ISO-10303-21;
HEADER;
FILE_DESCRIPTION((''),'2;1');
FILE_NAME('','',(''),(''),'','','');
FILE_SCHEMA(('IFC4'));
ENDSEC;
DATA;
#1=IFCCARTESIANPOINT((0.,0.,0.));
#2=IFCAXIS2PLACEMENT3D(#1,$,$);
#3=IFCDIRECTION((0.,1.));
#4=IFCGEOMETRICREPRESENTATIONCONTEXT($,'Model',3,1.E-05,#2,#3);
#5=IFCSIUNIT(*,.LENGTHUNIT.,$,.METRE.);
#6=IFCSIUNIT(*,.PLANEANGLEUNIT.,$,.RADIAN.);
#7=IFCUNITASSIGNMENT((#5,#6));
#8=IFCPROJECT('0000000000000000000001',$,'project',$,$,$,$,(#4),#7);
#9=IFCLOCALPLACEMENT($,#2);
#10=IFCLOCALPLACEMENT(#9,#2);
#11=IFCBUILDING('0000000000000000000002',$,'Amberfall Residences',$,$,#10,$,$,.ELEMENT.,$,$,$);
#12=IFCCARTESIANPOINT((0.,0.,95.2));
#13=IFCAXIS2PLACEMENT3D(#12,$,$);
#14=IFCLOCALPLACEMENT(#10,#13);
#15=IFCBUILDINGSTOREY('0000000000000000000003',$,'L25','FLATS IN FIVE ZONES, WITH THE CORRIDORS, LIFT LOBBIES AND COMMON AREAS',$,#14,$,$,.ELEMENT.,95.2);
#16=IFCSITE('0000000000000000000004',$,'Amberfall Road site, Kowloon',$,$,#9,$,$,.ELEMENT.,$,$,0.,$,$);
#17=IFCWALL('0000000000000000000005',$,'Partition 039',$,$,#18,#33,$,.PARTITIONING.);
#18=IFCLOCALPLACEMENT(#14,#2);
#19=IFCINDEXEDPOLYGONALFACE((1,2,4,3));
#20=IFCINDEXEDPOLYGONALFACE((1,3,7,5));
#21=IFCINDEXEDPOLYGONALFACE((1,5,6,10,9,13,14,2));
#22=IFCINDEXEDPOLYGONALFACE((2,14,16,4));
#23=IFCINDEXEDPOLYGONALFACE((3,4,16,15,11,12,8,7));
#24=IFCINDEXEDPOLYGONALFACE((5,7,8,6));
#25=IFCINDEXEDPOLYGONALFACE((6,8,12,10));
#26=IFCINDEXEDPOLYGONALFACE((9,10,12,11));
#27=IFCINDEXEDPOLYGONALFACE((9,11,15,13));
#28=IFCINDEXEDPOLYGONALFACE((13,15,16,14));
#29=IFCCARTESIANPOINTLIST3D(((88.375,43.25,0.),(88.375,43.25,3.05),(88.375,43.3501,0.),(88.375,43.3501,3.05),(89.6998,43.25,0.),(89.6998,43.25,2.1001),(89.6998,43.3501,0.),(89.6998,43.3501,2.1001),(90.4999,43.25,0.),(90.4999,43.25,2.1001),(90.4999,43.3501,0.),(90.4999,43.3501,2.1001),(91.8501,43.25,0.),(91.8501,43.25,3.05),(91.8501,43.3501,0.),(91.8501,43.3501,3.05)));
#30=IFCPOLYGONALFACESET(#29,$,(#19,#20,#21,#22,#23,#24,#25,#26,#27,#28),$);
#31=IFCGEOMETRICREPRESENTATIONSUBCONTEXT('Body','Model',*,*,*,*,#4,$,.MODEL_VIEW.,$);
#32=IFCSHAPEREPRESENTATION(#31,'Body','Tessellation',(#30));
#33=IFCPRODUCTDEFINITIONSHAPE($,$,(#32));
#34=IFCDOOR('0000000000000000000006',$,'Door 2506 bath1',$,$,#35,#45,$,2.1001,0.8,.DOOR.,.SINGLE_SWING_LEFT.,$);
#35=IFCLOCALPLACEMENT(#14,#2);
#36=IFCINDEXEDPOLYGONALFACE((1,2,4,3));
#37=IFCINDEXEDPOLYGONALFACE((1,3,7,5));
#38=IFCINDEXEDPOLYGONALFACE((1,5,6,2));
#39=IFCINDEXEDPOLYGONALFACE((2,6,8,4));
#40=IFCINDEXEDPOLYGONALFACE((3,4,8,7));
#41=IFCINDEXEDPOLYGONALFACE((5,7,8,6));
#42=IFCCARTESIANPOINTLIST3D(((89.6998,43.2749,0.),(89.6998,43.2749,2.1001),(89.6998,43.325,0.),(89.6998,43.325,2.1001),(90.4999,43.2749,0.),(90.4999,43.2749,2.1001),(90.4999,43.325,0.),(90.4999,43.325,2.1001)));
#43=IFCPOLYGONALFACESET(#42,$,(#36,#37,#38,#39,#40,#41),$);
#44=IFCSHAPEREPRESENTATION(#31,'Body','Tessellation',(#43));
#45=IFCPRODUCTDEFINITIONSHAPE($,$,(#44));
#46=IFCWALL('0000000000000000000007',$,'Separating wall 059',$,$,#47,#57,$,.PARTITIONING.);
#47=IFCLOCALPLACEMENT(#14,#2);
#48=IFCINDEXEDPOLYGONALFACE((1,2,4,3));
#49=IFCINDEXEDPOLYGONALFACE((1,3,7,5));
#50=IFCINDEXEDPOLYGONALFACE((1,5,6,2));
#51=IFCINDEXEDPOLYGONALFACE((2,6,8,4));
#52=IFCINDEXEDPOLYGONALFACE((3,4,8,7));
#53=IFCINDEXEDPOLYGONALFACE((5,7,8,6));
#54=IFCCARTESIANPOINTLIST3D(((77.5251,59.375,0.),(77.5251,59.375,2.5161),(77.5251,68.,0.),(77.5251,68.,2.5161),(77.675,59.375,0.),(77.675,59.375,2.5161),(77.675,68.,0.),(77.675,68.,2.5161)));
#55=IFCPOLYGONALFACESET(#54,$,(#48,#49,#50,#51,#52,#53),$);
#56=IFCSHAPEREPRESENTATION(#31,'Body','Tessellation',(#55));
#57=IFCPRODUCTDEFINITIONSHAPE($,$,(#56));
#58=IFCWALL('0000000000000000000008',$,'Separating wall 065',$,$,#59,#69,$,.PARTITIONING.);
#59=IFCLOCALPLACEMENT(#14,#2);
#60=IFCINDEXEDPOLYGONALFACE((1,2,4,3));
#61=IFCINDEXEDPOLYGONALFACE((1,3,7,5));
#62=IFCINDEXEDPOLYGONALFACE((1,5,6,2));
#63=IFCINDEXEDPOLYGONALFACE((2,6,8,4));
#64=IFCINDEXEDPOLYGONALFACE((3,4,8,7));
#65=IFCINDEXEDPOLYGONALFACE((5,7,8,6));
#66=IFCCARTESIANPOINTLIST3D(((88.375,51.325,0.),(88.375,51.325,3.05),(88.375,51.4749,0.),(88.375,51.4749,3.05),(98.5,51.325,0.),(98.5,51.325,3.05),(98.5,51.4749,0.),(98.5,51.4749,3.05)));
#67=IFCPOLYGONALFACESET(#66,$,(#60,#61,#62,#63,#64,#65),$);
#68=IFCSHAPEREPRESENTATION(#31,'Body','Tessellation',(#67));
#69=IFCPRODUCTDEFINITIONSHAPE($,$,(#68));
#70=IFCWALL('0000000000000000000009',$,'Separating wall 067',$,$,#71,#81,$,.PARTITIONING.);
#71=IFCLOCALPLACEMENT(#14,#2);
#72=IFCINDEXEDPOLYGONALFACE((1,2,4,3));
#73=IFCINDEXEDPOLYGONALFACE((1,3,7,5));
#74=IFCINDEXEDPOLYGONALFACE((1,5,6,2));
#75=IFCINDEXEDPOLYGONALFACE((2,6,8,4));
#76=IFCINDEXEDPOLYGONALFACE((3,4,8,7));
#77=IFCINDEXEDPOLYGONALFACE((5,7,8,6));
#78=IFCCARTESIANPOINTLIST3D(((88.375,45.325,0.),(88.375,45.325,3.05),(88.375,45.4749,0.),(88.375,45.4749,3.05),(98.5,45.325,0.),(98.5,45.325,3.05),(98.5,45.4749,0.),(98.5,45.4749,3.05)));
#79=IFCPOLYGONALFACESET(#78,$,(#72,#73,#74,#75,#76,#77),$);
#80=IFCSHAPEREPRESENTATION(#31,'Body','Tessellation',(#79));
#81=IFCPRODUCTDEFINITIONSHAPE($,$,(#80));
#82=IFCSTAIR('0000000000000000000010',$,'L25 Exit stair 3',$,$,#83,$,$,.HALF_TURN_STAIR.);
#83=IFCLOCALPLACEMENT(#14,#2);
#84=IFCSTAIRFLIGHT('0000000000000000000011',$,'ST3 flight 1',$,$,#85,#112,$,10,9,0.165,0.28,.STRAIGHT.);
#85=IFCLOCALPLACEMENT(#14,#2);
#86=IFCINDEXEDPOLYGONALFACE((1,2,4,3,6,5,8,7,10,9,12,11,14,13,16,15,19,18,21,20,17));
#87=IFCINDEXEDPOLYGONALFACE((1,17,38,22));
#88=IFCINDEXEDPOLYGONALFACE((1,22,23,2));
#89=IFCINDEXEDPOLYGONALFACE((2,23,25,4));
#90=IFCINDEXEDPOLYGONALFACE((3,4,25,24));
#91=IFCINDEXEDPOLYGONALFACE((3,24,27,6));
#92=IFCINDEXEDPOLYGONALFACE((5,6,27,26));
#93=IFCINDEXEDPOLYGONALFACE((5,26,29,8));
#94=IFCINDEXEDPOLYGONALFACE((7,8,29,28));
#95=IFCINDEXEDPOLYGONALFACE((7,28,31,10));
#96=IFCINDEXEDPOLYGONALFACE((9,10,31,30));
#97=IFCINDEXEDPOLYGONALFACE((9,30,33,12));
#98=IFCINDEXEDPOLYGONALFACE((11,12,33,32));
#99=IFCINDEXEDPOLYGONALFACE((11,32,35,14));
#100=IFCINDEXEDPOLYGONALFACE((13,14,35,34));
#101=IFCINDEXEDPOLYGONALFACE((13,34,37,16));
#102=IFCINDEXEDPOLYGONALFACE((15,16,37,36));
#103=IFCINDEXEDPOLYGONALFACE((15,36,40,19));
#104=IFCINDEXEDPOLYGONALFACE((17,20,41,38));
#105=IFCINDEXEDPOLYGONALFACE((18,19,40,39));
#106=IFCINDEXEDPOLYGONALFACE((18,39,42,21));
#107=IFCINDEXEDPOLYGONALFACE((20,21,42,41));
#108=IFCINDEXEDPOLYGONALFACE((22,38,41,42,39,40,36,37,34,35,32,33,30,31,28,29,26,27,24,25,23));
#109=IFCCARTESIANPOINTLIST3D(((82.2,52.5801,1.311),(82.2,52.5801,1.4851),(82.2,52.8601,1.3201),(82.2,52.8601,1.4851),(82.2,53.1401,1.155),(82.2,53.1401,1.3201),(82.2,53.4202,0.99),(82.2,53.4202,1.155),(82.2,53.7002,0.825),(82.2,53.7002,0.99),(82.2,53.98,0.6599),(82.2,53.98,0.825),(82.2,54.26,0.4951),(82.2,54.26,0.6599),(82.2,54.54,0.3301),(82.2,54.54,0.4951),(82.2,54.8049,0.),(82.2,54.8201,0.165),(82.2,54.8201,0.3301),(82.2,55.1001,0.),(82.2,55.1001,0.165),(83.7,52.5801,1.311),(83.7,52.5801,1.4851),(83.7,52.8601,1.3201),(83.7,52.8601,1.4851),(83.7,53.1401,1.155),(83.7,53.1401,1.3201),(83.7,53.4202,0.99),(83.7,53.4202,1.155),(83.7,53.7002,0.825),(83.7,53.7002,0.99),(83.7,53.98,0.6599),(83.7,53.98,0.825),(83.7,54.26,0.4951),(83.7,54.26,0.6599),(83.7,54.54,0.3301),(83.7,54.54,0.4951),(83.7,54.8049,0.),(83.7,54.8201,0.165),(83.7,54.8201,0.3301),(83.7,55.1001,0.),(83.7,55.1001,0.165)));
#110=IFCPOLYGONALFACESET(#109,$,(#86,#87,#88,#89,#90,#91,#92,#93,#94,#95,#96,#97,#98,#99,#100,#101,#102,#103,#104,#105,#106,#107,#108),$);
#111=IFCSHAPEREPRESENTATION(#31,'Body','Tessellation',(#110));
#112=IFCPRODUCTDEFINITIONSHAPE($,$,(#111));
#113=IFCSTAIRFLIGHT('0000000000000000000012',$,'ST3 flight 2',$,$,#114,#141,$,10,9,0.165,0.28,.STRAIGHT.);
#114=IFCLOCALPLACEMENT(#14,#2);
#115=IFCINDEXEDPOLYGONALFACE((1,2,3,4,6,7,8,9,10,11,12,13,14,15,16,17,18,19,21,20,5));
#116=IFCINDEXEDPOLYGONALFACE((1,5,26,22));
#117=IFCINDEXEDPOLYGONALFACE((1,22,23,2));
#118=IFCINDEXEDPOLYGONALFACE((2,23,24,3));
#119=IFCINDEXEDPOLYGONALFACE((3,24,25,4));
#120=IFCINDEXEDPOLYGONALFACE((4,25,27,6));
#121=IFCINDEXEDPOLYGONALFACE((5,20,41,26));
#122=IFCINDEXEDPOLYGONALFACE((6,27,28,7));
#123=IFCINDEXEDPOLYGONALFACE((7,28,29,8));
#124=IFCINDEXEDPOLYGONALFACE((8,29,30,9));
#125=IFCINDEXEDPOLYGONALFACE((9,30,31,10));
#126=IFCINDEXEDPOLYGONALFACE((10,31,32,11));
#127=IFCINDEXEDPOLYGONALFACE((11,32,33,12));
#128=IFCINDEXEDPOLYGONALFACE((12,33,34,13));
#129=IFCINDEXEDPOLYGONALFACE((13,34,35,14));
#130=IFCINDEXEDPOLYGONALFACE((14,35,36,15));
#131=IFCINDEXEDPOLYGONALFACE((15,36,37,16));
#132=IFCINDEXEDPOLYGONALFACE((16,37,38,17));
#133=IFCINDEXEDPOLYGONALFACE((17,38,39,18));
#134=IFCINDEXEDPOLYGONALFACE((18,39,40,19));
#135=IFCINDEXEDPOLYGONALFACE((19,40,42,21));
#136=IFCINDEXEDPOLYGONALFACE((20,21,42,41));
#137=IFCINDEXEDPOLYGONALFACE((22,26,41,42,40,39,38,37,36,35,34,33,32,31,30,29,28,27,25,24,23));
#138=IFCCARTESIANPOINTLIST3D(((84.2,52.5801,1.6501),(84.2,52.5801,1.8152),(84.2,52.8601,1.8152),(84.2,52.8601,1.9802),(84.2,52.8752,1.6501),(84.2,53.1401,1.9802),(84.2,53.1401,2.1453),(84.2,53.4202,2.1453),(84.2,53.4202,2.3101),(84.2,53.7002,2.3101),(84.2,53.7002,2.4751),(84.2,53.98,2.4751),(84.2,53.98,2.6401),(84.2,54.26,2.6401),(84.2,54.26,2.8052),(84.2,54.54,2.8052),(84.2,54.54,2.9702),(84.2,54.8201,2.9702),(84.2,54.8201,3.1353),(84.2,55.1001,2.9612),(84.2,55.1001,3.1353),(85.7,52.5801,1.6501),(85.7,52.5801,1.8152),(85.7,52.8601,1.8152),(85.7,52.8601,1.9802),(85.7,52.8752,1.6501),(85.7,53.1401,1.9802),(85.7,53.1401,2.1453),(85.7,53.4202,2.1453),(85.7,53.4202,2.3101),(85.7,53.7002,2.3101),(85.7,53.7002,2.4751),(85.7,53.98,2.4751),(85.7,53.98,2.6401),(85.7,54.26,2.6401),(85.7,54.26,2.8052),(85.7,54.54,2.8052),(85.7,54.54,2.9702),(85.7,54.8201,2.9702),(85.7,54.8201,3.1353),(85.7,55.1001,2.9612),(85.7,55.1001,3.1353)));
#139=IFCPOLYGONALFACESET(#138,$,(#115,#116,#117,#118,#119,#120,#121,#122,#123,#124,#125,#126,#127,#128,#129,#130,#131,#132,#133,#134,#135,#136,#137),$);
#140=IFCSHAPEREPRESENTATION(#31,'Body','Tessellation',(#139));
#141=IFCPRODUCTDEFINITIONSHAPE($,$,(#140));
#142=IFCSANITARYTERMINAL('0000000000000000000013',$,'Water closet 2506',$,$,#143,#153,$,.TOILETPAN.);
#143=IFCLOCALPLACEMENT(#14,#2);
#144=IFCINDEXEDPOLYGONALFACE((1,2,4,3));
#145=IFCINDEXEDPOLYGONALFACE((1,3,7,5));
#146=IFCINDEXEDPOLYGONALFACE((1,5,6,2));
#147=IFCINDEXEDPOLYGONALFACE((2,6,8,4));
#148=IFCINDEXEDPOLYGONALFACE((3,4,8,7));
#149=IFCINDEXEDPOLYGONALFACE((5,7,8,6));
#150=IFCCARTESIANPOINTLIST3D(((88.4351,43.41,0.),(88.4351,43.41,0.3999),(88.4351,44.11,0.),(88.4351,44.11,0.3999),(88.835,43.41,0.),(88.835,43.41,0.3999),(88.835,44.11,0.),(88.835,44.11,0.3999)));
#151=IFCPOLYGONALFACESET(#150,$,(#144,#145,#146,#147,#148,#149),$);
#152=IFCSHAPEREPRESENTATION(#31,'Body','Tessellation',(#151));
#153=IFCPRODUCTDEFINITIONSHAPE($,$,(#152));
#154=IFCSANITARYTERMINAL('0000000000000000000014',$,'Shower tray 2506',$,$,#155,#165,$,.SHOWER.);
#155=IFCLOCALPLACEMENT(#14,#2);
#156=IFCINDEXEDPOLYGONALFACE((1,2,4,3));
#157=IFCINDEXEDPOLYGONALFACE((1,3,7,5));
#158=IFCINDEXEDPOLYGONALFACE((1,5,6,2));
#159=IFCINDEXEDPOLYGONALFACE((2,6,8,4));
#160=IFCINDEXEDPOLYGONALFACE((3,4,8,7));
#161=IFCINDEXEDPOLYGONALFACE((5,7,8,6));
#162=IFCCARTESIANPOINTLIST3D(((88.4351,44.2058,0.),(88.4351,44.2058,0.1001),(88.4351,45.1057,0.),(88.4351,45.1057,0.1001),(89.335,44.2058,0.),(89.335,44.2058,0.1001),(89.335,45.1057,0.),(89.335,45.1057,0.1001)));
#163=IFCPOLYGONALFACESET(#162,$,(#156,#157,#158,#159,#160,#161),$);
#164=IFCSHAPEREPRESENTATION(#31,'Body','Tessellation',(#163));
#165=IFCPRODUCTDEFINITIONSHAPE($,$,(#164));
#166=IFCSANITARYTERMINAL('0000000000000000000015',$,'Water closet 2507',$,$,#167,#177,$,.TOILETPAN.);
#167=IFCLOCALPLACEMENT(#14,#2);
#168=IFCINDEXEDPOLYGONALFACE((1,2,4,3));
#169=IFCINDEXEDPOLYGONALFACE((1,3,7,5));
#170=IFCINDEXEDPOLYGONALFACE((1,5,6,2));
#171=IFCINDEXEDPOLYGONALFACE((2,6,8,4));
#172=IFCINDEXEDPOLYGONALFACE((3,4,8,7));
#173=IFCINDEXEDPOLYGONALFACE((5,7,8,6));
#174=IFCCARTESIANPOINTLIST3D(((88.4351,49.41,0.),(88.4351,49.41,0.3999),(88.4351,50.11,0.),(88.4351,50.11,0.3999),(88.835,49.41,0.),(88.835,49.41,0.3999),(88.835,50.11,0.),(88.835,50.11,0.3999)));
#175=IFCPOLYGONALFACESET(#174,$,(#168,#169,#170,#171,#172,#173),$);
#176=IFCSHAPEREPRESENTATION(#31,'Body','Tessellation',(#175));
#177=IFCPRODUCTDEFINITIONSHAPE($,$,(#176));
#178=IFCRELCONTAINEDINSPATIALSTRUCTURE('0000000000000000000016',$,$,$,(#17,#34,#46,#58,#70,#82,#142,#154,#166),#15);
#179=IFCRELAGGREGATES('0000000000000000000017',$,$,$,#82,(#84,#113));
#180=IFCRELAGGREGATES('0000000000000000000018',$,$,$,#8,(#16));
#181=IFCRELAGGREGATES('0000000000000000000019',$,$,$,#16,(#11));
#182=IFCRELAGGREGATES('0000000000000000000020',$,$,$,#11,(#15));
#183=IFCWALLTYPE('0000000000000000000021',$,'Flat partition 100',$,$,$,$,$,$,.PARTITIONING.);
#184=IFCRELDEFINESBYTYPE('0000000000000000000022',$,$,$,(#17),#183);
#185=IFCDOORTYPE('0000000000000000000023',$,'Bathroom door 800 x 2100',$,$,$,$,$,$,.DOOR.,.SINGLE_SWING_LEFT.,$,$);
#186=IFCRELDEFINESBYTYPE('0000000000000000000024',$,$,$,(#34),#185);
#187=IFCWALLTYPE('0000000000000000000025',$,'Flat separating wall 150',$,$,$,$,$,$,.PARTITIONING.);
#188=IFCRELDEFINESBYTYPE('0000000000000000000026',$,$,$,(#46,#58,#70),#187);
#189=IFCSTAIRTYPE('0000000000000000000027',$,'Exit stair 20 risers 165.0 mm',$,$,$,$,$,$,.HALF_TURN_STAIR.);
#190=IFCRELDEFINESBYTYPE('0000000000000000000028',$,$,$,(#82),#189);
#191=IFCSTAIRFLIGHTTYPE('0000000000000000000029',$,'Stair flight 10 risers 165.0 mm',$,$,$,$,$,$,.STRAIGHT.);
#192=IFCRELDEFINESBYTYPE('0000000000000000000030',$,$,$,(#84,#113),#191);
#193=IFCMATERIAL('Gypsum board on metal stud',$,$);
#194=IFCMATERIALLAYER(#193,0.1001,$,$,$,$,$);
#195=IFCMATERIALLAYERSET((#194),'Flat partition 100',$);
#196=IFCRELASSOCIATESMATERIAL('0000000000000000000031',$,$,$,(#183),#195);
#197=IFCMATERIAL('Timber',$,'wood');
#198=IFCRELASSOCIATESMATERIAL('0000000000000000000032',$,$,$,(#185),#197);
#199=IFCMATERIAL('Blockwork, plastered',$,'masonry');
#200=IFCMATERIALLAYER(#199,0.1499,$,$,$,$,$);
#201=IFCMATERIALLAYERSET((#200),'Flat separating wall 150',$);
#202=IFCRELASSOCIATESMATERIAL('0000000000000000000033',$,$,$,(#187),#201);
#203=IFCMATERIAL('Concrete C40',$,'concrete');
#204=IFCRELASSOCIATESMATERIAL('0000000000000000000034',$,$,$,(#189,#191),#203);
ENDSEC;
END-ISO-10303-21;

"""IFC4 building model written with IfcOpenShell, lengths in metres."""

from ifc_helpers import new_model, si_unit, direction, frame, frame_2d, origin, origin_2d, place, context, subcontext, project, spatial, polyline, rectangle, outline, extrude, material, layer, layer_set, type_object, element, fill, aggregate, save


model = new_model("IFC4")

# Units and contexts
model_context = context("Model", 3, precision=1e-05, world=origin(), true_north=direction((0.0, 1.0)))
body_context = subcontext(model_context, "Body", "Model", "MODEL_VIEW")
ifc_project = project(units=[si_unit("LENGTHUNIT", "METRE"), si_unit("PLANEANGLEUNIT", "RADIAN")], contexts=[model_context])

# Site, building, storey
site_placement = place(None, origin())
site = spatial("IfcSite", under=ifc_project, at=site_placement, Name="Amberfall Road site, Kowloon", CompositionType="ELEMENT", RefElevation=0.0)
building_placement = place(site_placement, origin())
building = spatial("IfcBuilding", under=site, at=building_placement, Name="Amberfall Residences", CompositionType="ELEMENT")
storey_placement = place(building_placement, frame((0.0, 0.0, 95.2)))
storey = spatial("IfcBuildingStorey", under=building, at=storey_placement, Name="L25", Description="FLATS IN FIVE ZONES, WITH THE CORRIDORS, LIFT LOBBIES AND COMMON AREAS", CompositionType="ELEMENT", Elevation=95.2)

# Shared definitions
ifc_material_1 = material(Name="Gypsum board on metal stud")
ifc_layer_1 = layer(ifc_material_1, 0.1001)
ifc_layer_set_1 = layer_set([ifc_layer_1], Name="Flat partition 100")
wall_type_1 = type_object("IfcWallType", Name="Flat partition 100", PredefinedType="PARTITIONING", material=ifc_layer_set_1)
ifc_material_2 = material(Name="Timber", Category="wood")

# Wall, opening, door
door_type_1 = type_object("IfcDoorType", Name="Bathroom door 800 x 2100", OperationType="SINGLE_SWING_LEFT", PredefinedType="DOOR", material=ifc_material_2)
wall_1_placement = place(storey_placement, frame((88.375, 43.3, 0.0), z_axis=(0.0, 0.0, 1.0), x_axis=(1.0, 0.0, 0.0)))
wall_1 = element("IfcWall", 1, at=wall_1_placement, inside=storey, type_object=wall_type_1, Name="Partition 039", PredefinedType="PARTITIONING", context=body_context, shape_type="SweptSolid", body=[
    extrude(rectangle(XDim=3.4751, YDim=0.1001, at=frame_2d((1.7375, 0.0))), origin(), (0.0, 0.0, 1.0), 3.05),
])
opening_1_placement = place(wall_1_placement, frame((1.325, 0.0, 0.0)))
opening_1 = element("IfcOpeningElement", 2, at=opening_1_placement, cuts=wall_1, PredefinedType="OPENING", context=body_context, shape_type="SweptSolid", body=[
    extrude(rectangle(XDim=0.8, YDim=2.1001, at=frame_2d((0.3999, 1.05))), frame((0.0, 0.0601, 0.0), z_axis=(0.0, -1.0, 0.0), x_axis=(1.0, 0.0, 0.0)), (0.0, 0.0, 1.0), 0.1201),
])
door_1_placement = place(opening_1_placement, origin())
door_1 = element("IfcDoor", 3, at=door_1_placement, inside=storey, type_object=door_type_1, Name="Door 2506 bath1", OperationType="SINGLE_SWING_LEFT", OverallHeight=2.1001, OverallWidth=0.8, PredefinedType="DOOR", context=body_context, shape_type="SweptSolid", body=[
    extrude(rectangle(XDim=0.8, YDim=2.1001, at=frame_2d((0.3999, 1.05))), frame((0.0, 0.0249, 0.0), z_axis=(0.0, -1.0, 0.0), x_axis=(1.0, 0.0, 0.0)), (0.0, 0.0, 1.0), 0.05),
])
fill(opening_1, door_1)

# Walls
ifc_material_3 = material(Name="Blockwork, plastered", Category="masonry")
ifc_layer_2 = layer(ifc_material_3, 0.1499)
ifc_layer_set_2 = layer_set([ifc_layer_2], Name="Flat separating wall 150")
wall_type_2 = type_object("IfcWallType", Name="Flat separating wall 150", PredefinedType="PARTITIONING", material=ifc_layer_set_2)
wall_2_placement = place(storey_placement, frame((77.6001, 59.375, 0.0), z_axis=(0.0, 0.0, 1.0), x_axis=(0.0, 1.0, 0.0)))
element("IfcWall", 4, at=wall_2_placement, inside=storey, type_object=wall_type_2, Name="Separating wall 059", PredefinedType="PARTITIONING", context=body_context, shape_type="SweptSolid", body=[
    extrude(rectangle(XDim=8.625, YDim=0.1499, at=frame_2d((4.3125, 0.0))), origin(), (0.0, 0.0, 1.0), 2.5161),
])
for number, where, z_axis, x_axis, name in (
    (5, (88.375, 51.3999, 0.0), (0.0, 0.0, 1.0), (1.0, 0.0, 0.0), "Separating wall 065"),
    (6, (88.375, 45.3999, 0.0), (0.0, 0.0, 1.0), (1.0, 0.0, 0.0), "Separating wall 067"),
):
    element("IfcWall", number, at=place(storey_placement, frame(where, z_axis=z_axis, x_axis=x_axis)), inside=storey, type_object=wall_type_2, Name=name, PredefinedType="PARTITIONING", context=body_context, shape_type="SweptSolid", body=[
        extrude(rectangle(XDim=10.125, YDim=0.1499, at=frame_2d((5.0625, 0.0))), origin(), (0.0, 0.0, 1.0), 3.05),
    ])

# Stair, stair flights
ifc_material_4 = material(Name="Concrete C40", Category="concrete")
stair_type = type_object("IfcStairType", Name="Exit stair 20 risers 165.0 mm", PredefinedType="HALF_TURN_STAIR", material=ifc_material_4)
stair_placement = place(storey_placement, origin())
stair = element("IfcStair", 7, at=stair_placement, inside=storey, type_object=stair_type, Name="L25 Exit stair 3", PredefinedType="HALF_TURN_STAIR")
stair_flight_type = type_object("IfcStairFlightType", Name="Stair flight 10 risers 165.0 mm", PredefinedType="STRAIGHT", material=ifc_material_4)
stair_flight_1_placement = place(storey_placement, frame((82.95, 55.1001, 0.0), z_axis=(0.0, 0.0, 1.0), x_axis=(0.0, -1.0, 0.0)))
stair_flight_1 = element("IfcStairFlight", 8, at=stair_flight_1_placement, type_object=stair_flight_type, Name="ST3 flight 1", NumberOfRisers=10, NumberOfTreads=9, PredefinedType="STRAIGHT", RiserHeight=0.165, TreadLength=0.28, context=body_context, shape_type="SweptSolid", body=[
    extrude(outline(polyline([(0.0, 0.0), (0.0, 0.165), (0.28, 0.165), (0.28, 0.3301), (0.5601, 0.3301), (0.5601, 0.4951), (0.8401, 0.4951), (0.8401, 0.6599), (1.1201, 0.6599), (1.1201, 0.825), (1.3999, 0.825), (1.3999, 0.99), (1.6799, 0.99), (1.6799, 1.155), (1.96, 1.155), (1.96, 1.3201), (2.24, 1.3201), (2.24, 1.4851), (2.52, 1.4851), (2.52, 1.6499), (2.52, 1.311), (0.2952, 0.0), (0.0, 0.0)])), frame((0.0, 0.75, 0.0), z_axis=(0.0, -1.0, 0.0), x_axis=(1.0, 0.0, 0.0)), (0.0, 0.0, 1.0), 1.5),
])
stair_flight_2_placement = place(storey_placement, frame((84.95, 52.5801, 1.6501), z_axis=(0.0, 0.0, 1.0), x_axis=(0.0, 1.0, 0.0)))
stair_flight_2 = element("IfcStairFlight", 9, at=stair_flight_2_placement, type_object=stair_flight_type, Name="ST3 flight 2", NumberOfRisers=10, NumberOfTreads=9, PredefinedType="STRAIGHT", RiserHeight=0.165, TreadLength=0.28, context=body_context, shape_type="SweptSolid", body=[
    extrude(outline(polyline([(0.0, 0.0), (0.0, 0.165), (0.28, 0.165), (0.28, 0.3301), (0.5601, 0.3301), (0.5601, 0.4951), (0.8401, 0.4951), (0.8401, 0.6599), (1.1201, 0.6599), (1.1201, 0.825), (1.3999, 0.825), (1.3999, 0.99), (1.6799, 0.99), (1.6799, 1.155), (1.96, 1.155), (1.96, 1.3201), (2.24, 1.3201), (2.24, 1.4851), (2.52, 1.4851), (2.52, 1.6499), (2.52, 1.311), (0.2952, 0.0), (0.0, 0.0)])), frame((0.0, 0.75, 0.0), z_axis=(0.0, -1.0, 0.0), x_axis=(1.0, 0.0, 0.0)), (0.0, 0.0, 1.0), 1.5),
])
aggregate(stair, [stair_flight_1, stair_flight_2])

# Sanitary terminals
sanitary_terminal_1_placement = place(storey_placement, frame((88.635, 43.76, 0.0), z_axis=(0.0, 0.0, 1.0), x_axis=(1.0, 0.0, 0.0)))
element("IfcSanitaryTerminal", 10, at=sanitary_terminal_1_placement, inside=storey, Name="Water closet 2506", PredefinedType="TOILETPAN", context=body_context, shape_type="SweptSolid", body=[
    extrude(rectangle(XDim=0.3999, YDim=0.7, at=origin_2d()), origin(), (0.0, 0.0, 1.0), 0.3999),
])
sanitary_terminal_2_placement = place(storey_placement, frame((88.885, 44.6558, 0.0), z_axis=(0.0, 0.0, 1.0), x_axis=(1.0, 0.0, 0.0)))
element("IfcSanitaryTerminal", 11, at=sanitary_terminal_2_placement, inside=storey, Name="Shower tray 2506", PredefinedType="SHOWER", context=body_context, shape_type="SweptSolid", body=[
    extrude(rectangle(XDim=0.8999, YDim=0.8999, at=origin_2d()), origin(), (0.0, 0.0, 1.0), 0.1001),
])
sanitary_terminal_3_placement = place(storey_placement, frame((88.635, 49.76, 0.0), z_axis=(0.0, 0.0, 1.0), x_axis=(1.0, 0.0, 0.0)))
element("IfcSanitaryTerminal", 12, at=sanitary_terminal_3_placement, inside=storey, Name="Water closet 2507", PredefinedType="TOILETPAN", context=body_context, shape_type="SweptSolid", body=[
    extrude(rectangle(XDim=0.3999, YDim=0.7, at=origin_2d()), origin(), (0.0, 0.0, 1.0), 0.3999),
])

save(model, "model.ifc")
